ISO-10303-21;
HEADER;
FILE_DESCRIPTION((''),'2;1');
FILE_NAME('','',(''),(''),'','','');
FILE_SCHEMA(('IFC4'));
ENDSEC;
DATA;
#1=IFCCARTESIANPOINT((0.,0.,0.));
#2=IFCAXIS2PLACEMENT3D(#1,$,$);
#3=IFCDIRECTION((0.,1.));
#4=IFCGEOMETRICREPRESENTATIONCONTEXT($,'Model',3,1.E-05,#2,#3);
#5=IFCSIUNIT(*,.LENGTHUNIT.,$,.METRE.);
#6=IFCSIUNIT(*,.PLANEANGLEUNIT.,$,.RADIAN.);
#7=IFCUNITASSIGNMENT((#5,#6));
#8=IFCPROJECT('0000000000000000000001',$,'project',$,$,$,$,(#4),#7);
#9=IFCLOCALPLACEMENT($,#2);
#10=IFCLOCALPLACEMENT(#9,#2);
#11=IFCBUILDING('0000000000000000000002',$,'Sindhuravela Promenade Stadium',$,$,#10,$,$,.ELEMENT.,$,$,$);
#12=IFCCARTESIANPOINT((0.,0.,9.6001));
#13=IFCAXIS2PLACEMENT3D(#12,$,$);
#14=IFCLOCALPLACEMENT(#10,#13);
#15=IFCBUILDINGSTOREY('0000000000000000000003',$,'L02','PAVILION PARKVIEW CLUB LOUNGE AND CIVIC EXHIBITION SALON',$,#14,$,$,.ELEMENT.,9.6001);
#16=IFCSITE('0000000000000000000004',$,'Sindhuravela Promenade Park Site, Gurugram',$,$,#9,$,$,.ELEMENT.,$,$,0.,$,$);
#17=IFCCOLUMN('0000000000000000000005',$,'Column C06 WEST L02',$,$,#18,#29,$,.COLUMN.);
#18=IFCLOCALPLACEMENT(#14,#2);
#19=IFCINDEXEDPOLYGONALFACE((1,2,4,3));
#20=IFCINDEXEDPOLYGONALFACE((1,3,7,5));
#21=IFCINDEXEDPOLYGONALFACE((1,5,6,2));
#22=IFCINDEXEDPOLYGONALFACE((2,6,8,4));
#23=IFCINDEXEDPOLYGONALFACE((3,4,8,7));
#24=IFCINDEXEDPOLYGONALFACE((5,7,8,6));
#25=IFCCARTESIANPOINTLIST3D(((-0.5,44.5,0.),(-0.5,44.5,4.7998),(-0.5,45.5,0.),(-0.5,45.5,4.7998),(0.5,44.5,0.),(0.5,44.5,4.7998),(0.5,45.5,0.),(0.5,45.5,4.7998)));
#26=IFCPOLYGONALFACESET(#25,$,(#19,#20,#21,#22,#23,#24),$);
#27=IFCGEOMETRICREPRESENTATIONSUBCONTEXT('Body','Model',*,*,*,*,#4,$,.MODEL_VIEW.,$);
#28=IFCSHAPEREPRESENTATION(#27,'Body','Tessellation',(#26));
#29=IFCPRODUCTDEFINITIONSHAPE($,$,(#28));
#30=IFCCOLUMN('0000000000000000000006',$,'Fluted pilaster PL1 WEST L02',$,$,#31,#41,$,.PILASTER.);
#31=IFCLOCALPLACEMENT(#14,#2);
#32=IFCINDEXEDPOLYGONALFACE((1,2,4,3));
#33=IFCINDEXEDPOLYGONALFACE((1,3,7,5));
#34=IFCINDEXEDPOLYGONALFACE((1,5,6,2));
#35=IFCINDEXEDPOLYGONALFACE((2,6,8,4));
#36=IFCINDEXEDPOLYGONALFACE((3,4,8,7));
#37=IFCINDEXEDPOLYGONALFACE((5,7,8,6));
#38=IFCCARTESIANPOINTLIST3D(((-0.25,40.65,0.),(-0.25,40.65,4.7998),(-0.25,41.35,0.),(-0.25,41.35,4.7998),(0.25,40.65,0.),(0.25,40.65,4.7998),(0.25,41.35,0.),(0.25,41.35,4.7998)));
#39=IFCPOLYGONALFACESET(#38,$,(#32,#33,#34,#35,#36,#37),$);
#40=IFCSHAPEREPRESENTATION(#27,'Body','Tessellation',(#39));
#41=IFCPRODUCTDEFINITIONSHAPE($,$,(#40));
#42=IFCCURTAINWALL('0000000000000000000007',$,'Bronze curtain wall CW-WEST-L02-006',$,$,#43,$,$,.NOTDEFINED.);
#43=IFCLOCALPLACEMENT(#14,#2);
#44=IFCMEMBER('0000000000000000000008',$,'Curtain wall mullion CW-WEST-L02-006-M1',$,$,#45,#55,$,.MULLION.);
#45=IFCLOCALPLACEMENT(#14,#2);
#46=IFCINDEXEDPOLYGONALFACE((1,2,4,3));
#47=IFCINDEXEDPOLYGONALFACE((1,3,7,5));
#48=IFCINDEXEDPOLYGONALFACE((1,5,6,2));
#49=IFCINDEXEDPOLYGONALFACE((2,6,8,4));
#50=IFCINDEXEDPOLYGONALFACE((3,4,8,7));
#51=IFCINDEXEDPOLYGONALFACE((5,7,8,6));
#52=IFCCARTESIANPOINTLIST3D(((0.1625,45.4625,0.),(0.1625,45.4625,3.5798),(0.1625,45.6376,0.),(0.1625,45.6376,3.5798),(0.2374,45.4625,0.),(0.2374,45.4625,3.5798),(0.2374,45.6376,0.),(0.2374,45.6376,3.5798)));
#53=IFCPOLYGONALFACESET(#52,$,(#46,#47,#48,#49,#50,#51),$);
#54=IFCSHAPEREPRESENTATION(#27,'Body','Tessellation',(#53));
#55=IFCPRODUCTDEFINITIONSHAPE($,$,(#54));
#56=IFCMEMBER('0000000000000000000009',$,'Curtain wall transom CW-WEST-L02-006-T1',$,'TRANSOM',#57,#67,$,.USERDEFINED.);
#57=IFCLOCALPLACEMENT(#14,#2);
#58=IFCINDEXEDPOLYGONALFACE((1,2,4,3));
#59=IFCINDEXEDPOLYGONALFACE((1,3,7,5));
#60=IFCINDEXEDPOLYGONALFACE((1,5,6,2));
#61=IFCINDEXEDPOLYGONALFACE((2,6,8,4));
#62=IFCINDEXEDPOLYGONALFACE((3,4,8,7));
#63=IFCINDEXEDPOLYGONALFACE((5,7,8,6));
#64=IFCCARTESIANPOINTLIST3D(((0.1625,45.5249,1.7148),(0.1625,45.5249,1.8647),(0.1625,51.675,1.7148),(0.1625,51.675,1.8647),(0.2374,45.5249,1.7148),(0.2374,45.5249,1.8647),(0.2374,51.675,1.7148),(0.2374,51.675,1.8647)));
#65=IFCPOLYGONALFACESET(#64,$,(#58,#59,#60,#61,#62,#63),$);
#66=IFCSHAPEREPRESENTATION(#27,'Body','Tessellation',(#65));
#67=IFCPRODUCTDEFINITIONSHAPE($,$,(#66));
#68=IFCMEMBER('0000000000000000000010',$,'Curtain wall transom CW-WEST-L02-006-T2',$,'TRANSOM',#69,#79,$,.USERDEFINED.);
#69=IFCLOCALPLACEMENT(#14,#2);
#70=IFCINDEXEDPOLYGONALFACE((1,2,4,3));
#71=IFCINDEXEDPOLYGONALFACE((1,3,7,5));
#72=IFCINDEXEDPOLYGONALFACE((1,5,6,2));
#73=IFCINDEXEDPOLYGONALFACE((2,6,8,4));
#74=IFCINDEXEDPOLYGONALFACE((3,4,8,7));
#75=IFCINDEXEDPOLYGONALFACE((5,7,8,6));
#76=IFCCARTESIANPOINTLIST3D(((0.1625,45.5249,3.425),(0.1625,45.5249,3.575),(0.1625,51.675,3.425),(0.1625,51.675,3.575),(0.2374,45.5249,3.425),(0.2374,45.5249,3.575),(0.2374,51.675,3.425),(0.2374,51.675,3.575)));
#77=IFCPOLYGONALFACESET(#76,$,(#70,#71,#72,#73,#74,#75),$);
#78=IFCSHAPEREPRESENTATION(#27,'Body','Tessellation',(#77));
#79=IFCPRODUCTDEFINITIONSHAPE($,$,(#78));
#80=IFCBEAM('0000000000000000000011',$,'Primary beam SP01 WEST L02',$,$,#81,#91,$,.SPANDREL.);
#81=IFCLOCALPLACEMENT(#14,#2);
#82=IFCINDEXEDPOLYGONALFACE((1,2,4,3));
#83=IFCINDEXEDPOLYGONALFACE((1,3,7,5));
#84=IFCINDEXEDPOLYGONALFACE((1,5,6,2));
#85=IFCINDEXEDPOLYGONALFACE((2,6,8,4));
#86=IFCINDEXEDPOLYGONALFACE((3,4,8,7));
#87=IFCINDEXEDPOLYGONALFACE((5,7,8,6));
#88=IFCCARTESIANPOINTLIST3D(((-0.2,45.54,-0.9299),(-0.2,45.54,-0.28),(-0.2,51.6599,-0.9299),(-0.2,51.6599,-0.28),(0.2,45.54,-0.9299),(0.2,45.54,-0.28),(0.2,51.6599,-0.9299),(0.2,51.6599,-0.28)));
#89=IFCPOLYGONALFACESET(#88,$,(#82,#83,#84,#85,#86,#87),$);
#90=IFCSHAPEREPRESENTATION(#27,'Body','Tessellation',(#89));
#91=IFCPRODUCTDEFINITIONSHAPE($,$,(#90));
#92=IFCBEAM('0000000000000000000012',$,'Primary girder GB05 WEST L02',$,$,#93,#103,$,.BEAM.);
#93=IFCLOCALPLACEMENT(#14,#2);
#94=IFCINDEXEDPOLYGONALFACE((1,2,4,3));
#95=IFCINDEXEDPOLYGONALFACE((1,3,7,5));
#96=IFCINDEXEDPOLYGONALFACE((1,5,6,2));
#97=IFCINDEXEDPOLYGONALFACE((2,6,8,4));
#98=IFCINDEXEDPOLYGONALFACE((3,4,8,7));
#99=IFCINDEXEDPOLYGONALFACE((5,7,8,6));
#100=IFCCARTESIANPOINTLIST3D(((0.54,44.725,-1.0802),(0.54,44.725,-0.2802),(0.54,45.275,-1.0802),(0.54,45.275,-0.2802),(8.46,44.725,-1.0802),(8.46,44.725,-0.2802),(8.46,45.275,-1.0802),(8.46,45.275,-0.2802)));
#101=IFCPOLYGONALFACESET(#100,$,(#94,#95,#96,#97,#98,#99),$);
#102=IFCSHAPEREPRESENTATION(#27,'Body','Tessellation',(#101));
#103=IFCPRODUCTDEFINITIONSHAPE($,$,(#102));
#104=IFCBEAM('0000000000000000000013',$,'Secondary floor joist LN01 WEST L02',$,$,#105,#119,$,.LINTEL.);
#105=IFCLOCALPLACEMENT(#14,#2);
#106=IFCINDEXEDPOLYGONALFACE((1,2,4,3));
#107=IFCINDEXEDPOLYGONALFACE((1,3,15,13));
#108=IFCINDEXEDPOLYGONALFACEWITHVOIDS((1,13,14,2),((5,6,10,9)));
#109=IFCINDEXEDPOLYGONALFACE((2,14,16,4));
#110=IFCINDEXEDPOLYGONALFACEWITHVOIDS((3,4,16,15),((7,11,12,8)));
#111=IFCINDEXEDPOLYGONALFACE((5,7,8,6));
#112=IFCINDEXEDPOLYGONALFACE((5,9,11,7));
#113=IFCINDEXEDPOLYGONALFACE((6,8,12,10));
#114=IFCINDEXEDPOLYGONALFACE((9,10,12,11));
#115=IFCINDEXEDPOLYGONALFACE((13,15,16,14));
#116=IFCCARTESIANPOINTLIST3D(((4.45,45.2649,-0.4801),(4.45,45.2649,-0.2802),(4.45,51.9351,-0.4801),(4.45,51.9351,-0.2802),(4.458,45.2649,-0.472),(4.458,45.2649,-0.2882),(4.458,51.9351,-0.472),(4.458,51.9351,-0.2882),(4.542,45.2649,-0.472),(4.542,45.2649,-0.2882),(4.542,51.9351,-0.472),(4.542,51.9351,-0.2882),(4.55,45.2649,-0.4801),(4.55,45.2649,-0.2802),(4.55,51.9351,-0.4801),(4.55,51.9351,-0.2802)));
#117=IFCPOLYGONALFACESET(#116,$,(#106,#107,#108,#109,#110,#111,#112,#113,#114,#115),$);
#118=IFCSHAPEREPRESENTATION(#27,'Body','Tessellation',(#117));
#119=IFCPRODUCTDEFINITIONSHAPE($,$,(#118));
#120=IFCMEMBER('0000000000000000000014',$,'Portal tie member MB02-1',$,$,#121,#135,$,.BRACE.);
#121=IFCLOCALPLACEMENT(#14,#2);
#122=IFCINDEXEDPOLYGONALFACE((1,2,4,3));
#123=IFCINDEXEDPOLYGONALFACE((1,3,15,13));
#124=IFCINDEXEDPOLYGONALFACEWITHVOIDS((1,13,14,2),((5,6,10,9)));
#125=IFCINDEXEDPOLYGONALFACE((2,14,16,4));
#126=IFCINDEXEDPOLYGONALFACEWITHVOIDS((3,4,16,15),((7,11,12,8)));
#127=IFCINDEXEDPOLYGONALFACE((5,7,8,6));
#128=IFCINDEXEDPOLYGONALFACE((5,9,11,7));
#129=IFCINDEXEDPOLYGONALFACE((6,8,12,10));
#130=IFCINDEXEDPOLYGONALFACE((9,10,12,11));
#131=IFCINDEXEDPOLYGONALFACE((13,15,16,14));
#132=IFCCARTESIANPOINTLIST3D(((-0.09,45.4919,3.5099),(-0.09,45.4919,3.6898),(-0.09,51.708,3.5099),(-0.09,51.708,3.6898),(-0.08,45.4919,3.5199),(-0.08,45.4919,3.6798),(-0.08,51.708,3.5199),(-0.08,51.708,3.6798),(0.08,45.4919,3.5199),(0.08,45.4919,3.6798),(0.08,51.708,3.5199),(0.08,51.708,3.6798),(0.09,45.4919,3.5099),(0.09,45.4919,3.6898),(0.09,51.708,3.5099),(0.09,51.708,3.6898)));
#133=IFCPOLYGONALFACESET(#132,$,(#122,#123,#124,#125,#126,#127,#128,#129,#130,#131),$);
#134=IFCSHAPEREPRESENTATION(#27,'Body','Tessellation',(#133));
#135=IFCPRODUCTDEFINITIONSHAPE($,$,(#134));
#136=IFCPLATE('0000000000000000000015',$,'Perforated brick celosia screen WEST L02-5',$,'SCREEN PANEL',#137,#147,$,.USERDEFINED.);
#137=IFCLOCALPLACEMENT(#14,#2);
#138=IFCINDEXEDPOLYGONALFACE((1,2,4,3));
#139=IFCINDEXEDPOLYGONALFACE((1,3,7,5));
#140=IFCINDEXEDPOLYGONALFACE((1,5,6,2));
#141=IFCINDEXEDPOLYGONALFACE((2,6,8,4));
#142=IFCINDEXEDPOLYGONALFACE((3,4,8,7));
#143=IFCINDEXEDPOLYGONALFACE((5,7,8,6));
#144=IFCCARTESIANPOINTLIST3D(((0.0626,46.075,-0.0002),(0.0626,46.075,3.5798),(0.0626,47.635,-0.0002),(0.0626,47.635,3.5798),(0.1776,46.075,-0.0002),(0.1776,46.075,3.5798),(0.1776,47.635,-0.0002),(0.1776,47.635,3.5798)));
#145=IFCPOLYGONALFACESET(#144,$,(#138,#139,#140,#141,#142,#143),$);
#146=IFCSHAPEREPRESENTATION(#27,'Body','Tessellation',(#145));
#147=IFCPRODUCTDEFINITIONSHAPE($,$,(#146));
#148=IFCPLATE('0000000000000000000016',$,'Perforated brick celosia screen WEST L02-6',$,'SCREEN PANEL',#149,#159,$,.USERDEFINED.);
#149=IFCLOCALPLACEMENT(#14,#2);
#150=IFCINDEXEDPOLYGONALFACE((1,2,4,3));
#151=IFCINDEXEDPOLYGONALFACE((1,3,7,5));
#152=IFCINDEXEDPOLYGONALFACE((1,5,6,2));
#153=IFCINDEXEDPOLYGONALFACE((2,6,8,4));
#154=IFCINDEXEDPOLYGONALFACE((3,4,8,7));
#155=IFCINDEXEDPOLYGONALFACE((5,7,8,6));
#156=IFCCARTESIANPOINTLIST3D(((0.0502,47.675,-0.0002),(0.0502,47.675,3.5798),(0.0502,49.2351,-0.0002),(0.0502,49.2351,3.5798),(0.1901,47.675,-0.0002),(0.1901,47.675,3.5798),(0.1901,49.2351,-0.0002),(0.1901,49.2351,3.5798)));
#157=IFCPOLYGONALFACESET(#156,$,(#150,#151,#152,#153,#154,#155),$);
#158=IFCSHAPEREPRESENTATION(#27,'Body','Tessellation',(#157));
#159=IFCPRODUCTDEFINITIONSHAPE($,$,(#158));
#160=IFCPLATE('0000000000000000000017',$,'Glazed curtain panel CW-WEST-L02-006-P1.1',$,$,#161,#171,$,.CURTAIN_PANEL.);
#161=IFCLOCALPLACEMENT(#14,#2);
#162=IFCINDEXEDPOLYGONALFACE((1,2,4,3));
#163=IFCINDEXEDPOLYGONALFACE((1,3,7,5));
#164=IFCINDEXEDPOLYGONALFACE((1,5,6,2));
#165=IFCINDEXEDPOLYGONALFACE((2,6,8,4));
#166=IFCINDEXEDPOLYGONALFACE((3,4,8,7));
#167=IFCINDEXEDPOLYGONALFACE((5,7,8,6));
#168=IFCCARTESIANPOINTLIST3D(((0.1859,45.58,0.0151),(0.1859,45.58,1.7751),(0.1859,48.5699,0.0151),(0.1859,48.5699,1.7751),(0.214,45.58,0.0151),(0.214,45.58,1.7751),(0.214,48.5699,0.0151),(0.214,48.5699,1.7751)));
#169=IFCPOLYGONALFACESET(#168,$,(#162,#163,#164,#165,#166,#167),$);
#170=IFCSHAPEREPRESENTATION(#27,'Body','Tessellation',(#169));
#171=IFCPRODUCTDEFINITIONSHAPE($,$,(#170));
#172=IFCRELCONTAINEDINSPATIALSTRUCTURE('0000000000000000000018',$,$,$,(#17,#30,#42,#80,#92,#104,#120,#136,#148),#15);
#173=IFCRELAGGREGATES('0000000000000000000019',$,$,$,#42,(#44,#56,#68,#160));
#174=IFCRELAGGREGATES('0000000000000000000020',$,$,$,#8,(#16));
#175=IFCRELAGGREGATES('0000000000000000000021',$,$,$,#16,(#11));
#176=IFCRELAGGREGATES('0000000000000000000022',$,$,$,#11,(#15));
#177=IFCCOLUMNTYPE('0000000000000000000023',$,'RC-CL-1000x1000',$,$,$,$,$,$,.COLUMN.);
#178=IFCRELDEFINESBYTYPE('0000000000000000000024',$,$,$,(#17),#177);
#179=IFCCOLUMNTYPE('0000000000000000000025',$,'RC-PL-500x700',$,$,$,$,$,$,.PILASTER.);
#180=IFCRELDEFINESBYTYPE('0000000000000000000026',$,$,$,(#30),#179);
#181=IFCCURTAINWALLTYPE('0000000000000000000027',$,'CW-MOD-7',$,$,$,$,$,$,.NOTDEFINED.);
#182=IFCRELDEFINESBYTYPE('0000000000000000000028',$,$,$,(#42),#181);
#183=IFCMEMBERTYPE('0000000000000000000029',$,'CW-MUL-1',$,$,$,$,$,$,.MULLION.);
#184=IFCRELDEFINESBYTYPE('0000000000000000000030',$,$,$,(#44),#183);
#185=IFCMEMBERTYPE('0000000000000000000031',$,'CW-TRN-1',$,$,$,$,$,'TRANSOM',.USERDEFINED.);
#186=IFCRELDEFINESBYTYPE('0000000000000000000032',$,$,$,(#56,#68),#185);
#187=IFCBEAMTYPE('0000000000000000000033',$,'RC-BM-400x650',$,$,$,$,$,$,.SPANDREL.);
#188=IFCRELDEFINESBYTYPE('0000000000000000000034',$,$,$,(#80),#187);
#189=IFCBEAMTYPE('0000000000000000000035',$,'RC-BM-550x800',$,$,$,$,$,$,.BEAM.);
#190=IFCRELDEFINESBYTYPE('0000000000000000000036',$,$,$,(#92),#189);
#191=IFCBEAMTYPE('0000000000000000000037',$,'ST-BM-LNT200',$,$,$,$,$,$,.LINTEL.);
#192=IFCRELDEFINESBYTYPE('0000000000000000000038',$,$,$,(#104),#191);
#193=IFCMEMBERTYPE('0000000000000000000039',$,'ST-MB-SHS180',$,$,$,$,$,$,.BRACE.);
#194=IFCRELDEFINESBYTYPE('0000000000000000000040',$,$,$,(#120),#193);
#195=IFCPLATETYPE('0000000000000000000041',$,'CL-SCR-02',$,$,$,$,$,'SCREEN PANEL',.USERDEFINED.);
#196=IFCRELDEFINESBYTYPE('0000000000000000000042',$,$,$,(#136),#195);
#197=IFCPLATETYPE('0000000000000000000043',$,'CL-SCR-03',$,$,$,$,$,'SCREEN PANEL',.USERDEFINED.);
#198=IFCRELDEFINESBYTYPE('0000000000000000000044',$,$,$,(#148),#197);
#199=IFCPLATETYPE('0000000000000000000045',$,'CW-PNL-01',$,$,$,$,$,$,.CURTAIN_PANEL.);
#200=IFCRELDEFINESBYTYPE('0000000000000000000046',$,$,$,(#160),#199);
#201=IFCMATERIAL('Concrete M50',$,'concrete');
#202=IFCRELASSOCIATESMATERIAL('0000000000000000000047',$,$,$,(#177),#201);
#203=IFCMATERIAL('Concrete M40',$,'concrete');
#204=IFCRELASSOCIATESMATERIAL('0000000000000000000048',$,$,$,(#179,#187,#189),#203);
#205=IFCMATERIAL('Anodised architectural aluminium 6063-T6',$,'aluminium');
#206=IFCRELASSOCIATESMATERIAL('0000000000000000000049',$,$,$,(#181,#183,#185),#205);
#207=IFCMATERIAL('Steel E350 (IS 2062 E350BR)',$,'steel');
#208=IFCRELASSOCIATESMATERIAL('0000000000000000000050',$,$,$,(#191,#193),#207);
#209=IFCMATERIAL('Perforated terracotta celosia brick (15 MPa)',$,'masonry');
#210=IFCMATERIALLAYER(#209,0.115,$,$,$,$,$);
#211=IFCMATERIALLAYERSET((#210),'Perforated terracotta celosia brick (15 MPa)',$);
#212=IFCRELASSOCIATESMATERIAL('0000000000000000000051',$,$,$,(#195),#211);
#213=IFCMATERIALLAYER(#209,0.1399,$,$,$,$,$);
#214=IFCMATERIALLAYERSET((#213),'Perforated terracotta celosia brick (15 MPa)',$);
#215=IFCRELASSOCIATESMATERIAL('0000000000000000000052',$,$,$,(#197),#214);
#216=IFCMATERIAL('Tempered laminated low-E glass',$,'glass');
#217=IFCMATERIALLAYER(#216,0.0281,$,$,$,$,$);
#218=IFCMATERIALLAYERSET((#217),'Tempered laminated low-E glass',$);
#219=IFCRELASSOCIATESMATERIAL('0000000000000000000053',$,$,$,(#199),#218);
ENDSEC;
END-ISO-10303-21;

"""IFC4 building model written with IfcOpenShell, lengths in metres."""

from ifc_helpers import new_model, si_unit, direction, frame, origin, origin_2d, place, context, subcontext, project, spatial, rectangle, hollow_rectangle, extrude, material, layer, layer_set, material_profile, profile_set, type_object, element, aggregate, save


model = new_model("IFC4")

# Units and contexts
model_context = context("Model", 3, precision=1e-05, world=origin(), true_north=direction((0.0, 1.0)))
body_context = subcontext(model_context, "Body", "Model", "MODEL_VIEW")
ifc_project = project(units=[si_unit("LENGTHUNIT", "METRE"), si_unit("PLANEANGLEUNIT", "RADIAN")], contexts=[model_context])

# Site, building, storey
site_placement = place(None, origin())
site = spatial("IfcSite", under=ifc_project, at=site_placement, Name="Sindhuravela Promenade Park Site, Gurugram", CompositionType="ELEMENT", RefElevation=0.0)
building_placement = place(site_placement, origin())
building = spatial("IfcBuilding", under=site, at=building_placement, Name="Sindhuravela Promenade Stadium", CompositionType="ELEMENT")
storey_placement = place(building_placement, frame((0.0, 0.0, 9.6001)))
storey = spatial("IfcBuildingStorey", under=building, at=storey_placement, Name="L02", Description="PAVILION PARKVIEW CLUB LOUNGE AND CIVIC EXHIBITION SALON", CompositionType="ELEMENT", Elevation=9.6001)

# Columns
ifc_material_1 = material(Name="Concrete M50", Category="concrete")
ifc_material_profile_1 = material_profile(ifc_material_1, rectangle(XDim=1.0, YDim=1.0, at=origin_2d()), Name="RC 1000x1000")
ifc_profile_set_1 = profile_set([ifc_material_profile_1], Name="Concrete M50")
column_type_1 = type_object("IfcColumnType", Name="RC-CL-1000x1000", PredefinedType="COLUMN", material=ifc_profile_set_1)
column_1_placement = place(storey_placement, frame((0.0, 45.0, 0.0), z_axis=(0.0, 0.0, 1.0), x_axis=(1.0, 0.0, 0.0)))
element("IfcColumn", 1, at=column_1_placement, inside=storey, type_object=column_type_1, Name="Column C06 WEST L02", PredefinedType="COLUMN", context=body_context, shape_type="SweptSolid", body=[
    extrude(rectangle(XDim=1.0, YDim=1.0, at=origin_2d()), origin(), (0.0, 0.0, 1.0), 4.7998),
])
ifc_material_2 = material(Name="Concrete M40", Category="concrete")
ifc_material_profile_2 = material_profile(ifc_material_2, rectangle(XDim=0.5, YDim=0.7, at=origin_2d()), Name="PIL 500x700")
ifc_profile_set_2 = profile_set([ifc_material_profile_2], Name="Concrete M40")
column_type_2 = type_object("IfcColumnType", Name="RC-PL-500x700", PredefinedType="PILASTER", material=ifc_profile_set_2)
column_2_placement = place(storey_placement, frame((0.0, 41.0, 0.0), z_axis=(0.0, 0.0, 1.0), x_axis=(1.0, 0.0, 0.0)))
element("IfcColumn", 2, at=column_2_placement, inside=storey, type_object=column_type_2, Name="Fluted pilaster PL1 WEST L02", PredefinedType="PILASTER", context=body_context, shape_type="SweptSolid", body=[
    extrude(rectangle(XDim=0.5, YDim=0.7, at=origin_2d()), origin(), (0.0, 0.0, 1.0), 4.7998),
])

# Curtain wall, members
ifc_material_3 = material(Name="Anodised architectural aluminium 6063-T6", Category="aluminium")
curtain_wall_type = type_object("IfcCurtainWallType", Name="CW-MOD-7", PredefinedType="NOTDEFINED", material=ifc_material_3)
curtain_wall_placement = place(storey_placement, origin())
curtain_wall = element("IfcCurtainWall", 3, at=curtain_wall_placement, inside=storey, type_object=curtain_wall_type, Name="Bronze curtain wall CW-WEST-L02-006", PredefinedType="NOTDEFINED")
ifc_material_profile_3 = material_profile(ifc_material_3, rectangle(XDim=0.075, YDim=0.175, at=origin_2d()), Name="ALU MULL 75x175")
ifc_profile_set_3 = profile_set([ifc_material_profile_3], Name="Anodised architectural aluminium 6063-T6")
member_type_1 = type_object("IfcMemberType", Name="CW-MUL-1", PredefinedType="MULLION", material=ifc_profile_set_3)
member_1_placement = place(storey_placement, frame((0.2, 45.55, 0.0), z_axis=(0.0, 0.0, 1.0), x_axis=(1.0, 0.0, 0.0)))
member_1 = element("IfcMember", 4, at=member_1_placement, type_object=member_type_1, Name="Curtain wall mullion CW-WEST-L02-006-M1", PredefinedType="MULLION", context=body_context, shape_type="SweptSolid", body=[
    extrude(rectangle(XDim=0.075, YDim=0.175, at=origin_2d()), origin(), (0.0, 0.0, 1.0), 3.5798),
])
ifc_material_profile_4 = material_profile(ifc_material_3, rectangle(XDim=0.075, YDim=0.1499, at=origin_2d()), Name="ALU TRAN 75x150")
ifc_profile_set_4 = profile_set([ifc_material_profile_4], Name="Anodised architectural aluminium 6063-T6")
member_type_2 = type_object("IfcMemberType", Name="CW-TRN-1", ElementType="TRANSOM", PredefinedType="USERDEFINED", material=ifc_profile_set_4)
member_2_placement = place(storey_placement, frame((0.2, 45.5249, 1.7898), z_axis=(0.0, 1.0, 0.0), x_axis=(-1.0, 0.0, 0.0)))
member_2 = element("IfcMember", 5, at=member_2_placement, type_object=member_type_2, Name="Curtain wall transom CW-WEST-L02-006-T1", ObjectType="TRANSOM", PredefinedType="USERDEFINED", context=body_context, shape_type="SweptSolid", body=[
    extrude(rectangle(XDim=0.075, YDim=0.1499, at=origin_2d()), origin(), (0.0, 0.0, 1.0), 6.1501),
])
member_3_placement = place(storey_placement, frame((0.2, 45.5249, 3.5), z_axis=(0.0, 1.0, 0.0), x_axis=(-1.0, 0.0, 0.0)))
member_3 = element("IfcMember", 6, at=member_3_placement, type_object=member_type_2, Name="Curtain wall transom CW-WEST-L02-006-T2", ObjectType="TRANSOM", PredefinedType="USERDEFINED", context=body_context, shape_type="SweptSolid", body=[
    extrude(rectangle(XDim=0.075, YDim=0.1499, at=origin_2d()), origin(), (0.0, 0.0, 1.0), 6.1501),
])

# Beams
ifc_material_profile_5 = material_profile(ifc_material_2, rectangle(XDim=0.3999, YDim=0.6499, at=origin_2d()), Name="RC 400x650")
ifc_profile_set_5 = profile_set([ifc_material_profile_5], Name="Concrete M40")
beam_type_1 = type_object("IfcBeamType", Name="RC-BM-400x650", PredefinedType="SPANDREL", material=ifc_profile_set_5)
beam_1_placement = place(storey_placement, frame((0.0, 45.54, -0.605), z_axis=(0.0, 1.0, 0.0), x_axis=(-1.0, 0.0, 0.0)))
element("IfcBeam", 7, at=beam_1_placement, inside=storey, type_object=beam_type_1, Name="Primary beam SP01 WEST L02", PredefinedType="SPANDREL", context=body_context, shape_type="SweptSolid", body=[
    extrude(rectangle(XDim=0.3999, YDim=0.6499, at=origin_2d()), origin(), (0.0, 0.0, 1.0), 6.1199),
])
ifc_material_profile_6 = material_profile(ifc_material_2, rectangle(XDim=0.55, YDim=0.8, at=origin_2d()), Name="RC 550x800")
ifc_profile_set_6 = profile_set([ifc_material_profile_6], Name="Concrete M40")
beam_type_2 = type_object("IfcBeamType", Name="RC-BM-550x800", PredefinedType="BEAM", material=ifc_profile_set_6)
beam_2_placement = place(storey_placement, frame((0.54, 45.0, -0.6802), z_axis=(1.0, 0.0, 0.0), x_axis=(0.0, 1.0, 0.0)))
element("IfcBeam", 8, at=beam_2_placement, inside=storey, type_object=beam_type_2, Name="Primary girder GB05 WEST L02", PredefinedType="BEAM", context=body_context, shape_type="SweptSolid", body=[
    extrude(rectangle(XDim=0.55, YDim=0.8, at=origin_2d()), origin(), (0.0, 0.0, 1.0), 7.9199),
])
ifc_material_4 = material(Name="Steel E350 (IS 2062 E350BR)", Category="steel")
ifc_material_profile_7 = material_profile(ifc_material_4, hollow_rectangle(XDim=0.1001, YDim=0.2, WallThickness=0.0081, at=origin_2d()), Name="RHS 200x100x8")
ifc_profile_set_7 = profile_set([ifc_material_profile_7], Name="Steel E350 (IS 2062 E350BR)")
beam_type_3 = type_object("IfcBeamType", Name="ST-BM-LNT200", PredefinedType="LINTEL", material=ifc_profile_set_7)
beam_3_placement = place(storey_placement, frame((4.5, 45.2649, -0.3801), z_axis=(0.0, 1.0, 0.0), x_axis=(-1.0, 0.0, 0.0)))
element("IfcBeam", 9, at=beam_3_placement, inside=storey, type_object=beam_type_3, Name="Secondary floor joist LN01 WEST L02", PredefinedType="LINTEL", context=body_context, shape_type="SweptSolid", body=[
    extrude(hollow_rectangle(XDim=0.1001, YDim=0.2, WallThickness=0.0081, at=origin_2d()), origin(), (0.0, 0.0, 1.0), 6.6702),
])

# Member
ifc_material_profile_8 = material_profile(ifc_material_4, hollow_rectangle(XDim=0.1799, YDim=0.1799, WallThickness=0.01, at=origin_2d()), Name="SHS 180x180x10")
ifc_profile_set_8 = profile_set([ifc_material_profile_8], Name="Steel E350 (IS 2062 E350BR)")
member_type_3 = type_object("IfcMemberType", Name="ST-MB-SHS180", PredefinedType="BRACE", material=ifc_profile_set_8)
member_4_placement = place(storey_placement, frame((0.0, 45.4919, 3.5999), z_axis=(0.0, 1.0, 0.0), x_axis=(-1.0, 0.0, 0.0)))
element("IfcMember", 10, at=member_4_placement, inside=storey, type_object=member_type_3, Name="Portal tie member MB02-1", PredefinedType="BRACE", context=body_context, shape_type="SweptSolid", body=[
    extrude(hollow_rectangle(XDim=0.1799, YDim=0.1799, WallThickness=0.01, at=origin_2d()), origin(), (0.0, 0.0, 1.0), 6.2161),
])

# Plates
ifc_material_5 = material(Name="Perforated terracotta celosia brick (15 MPa)", Category="masonry")
ifc_layer_1 = layer(ifc_material_5, 0.115)
ifc_layer_set_1 = layer_set([ifc_layer_1], Name="Perforated terracotta celosia brick (15 MPa)")
plate_type_1 = type_object("IfcPlateType", Name="CL-SCR-02", ElementType="SCREEN PANEL", PredefinedType="USERDEFINED", material=ifc_layer_set_1)
plate_1_placement = place(storey_placement, frame((0.1201, 46.855, -0.0002), z_axis=(0.0, 0.0, 1.0), x_axis=(0.0, 1.0, 0.0)))
element("IfcPlate", 11, at=plate_1_placement, inside=storey, type_object=plate_type_1, Name="Perforated brick celosia screen WEST L02-5", ObjectType="SCREEN PANEL", PredefinedType="USERDEFINED", context=body_context, shape_type="SweptSolid", body=[
    extrude(rectangle(XDim=1.5601, YDim=0.115, at=origin_2d()), origin(), (0.0, 0.0, 1.0), 3.5801),
])
ifc_layer_2 = layer(ifc_material_5, 0.1399)
ifc_layer_set_2 = layer_set([ifc_layer_2], Name="Perforated terracotta celosia brick (15 MPa)")
plate_type_2 = type_object("IfcPlateType", Name="CL-SCR-03", ElementType="SCREEN PANEL", PredefinedType="USERDEFINED", material=ifc_layer_set_2)
plate_2_placement = place(storey_placement, frame((0.1201, 48.4551, -0.0002), z_axis=(0.0, 0.0, 1.0), x_axis=(0.0, 1.0, 0.0)))
element("IfcPlate", 12, at=plate_2_placement, inside=storey, type_object=plate_type_2, Name="Perforated brick celosia screen WEST L02-6", ObjectType="SCREEN PANEL", PredefinedType="USERDEFINED", context=body_context, shape_type="SweptSolid", body=[
    extrude(rectangle(XDim=1.5601, YDim=0.1399, at=origin_2d()), origin(), (0.0, 0.0, 1.0), 3.5801),
])

# Plate
ifc_material_6 = material(Name="Tempered laminated low-E glass", Category="glass")
ifc_layer_3 = layer(ifc_material_6, 0.0281)
ifc_layer_set_3 = layer_set([ifc_layer_3], Name="Tempered laminated low-E glass")
plate_type_3 = type_object("IfcPlateType", Name="CW-PNL-01", PredefinedType="CURTAIN_PANEL", material=ifc_layer_set_3)
plate_3_placement = place(storey_placement, frame((0.2, 47.075, 0.0151), z_axis=(0.0, 0.0, 1.0), x_axis=(0.0, 1.0, 0.0)))
plate_3 = element("IfcPlate", 13, at=plate_3_placement, type_object=plate_type_3, Name="Glazed curtain panel CW-WEST-L02-006-P1.1", PredefinedType="CURTAIN_PANEL", context=body_context, shape_type="SweptSolid", body=[
    extrude(rectangle(XDim=2.99, YDim=0.0281, at=origin_2d()), origin(), (0.0, 0.0, 1.0), 1.76),
])
aggregate(curtain_wall, [member_1, member_2, member_3, plate_3])

save(model, "model.ifc")
